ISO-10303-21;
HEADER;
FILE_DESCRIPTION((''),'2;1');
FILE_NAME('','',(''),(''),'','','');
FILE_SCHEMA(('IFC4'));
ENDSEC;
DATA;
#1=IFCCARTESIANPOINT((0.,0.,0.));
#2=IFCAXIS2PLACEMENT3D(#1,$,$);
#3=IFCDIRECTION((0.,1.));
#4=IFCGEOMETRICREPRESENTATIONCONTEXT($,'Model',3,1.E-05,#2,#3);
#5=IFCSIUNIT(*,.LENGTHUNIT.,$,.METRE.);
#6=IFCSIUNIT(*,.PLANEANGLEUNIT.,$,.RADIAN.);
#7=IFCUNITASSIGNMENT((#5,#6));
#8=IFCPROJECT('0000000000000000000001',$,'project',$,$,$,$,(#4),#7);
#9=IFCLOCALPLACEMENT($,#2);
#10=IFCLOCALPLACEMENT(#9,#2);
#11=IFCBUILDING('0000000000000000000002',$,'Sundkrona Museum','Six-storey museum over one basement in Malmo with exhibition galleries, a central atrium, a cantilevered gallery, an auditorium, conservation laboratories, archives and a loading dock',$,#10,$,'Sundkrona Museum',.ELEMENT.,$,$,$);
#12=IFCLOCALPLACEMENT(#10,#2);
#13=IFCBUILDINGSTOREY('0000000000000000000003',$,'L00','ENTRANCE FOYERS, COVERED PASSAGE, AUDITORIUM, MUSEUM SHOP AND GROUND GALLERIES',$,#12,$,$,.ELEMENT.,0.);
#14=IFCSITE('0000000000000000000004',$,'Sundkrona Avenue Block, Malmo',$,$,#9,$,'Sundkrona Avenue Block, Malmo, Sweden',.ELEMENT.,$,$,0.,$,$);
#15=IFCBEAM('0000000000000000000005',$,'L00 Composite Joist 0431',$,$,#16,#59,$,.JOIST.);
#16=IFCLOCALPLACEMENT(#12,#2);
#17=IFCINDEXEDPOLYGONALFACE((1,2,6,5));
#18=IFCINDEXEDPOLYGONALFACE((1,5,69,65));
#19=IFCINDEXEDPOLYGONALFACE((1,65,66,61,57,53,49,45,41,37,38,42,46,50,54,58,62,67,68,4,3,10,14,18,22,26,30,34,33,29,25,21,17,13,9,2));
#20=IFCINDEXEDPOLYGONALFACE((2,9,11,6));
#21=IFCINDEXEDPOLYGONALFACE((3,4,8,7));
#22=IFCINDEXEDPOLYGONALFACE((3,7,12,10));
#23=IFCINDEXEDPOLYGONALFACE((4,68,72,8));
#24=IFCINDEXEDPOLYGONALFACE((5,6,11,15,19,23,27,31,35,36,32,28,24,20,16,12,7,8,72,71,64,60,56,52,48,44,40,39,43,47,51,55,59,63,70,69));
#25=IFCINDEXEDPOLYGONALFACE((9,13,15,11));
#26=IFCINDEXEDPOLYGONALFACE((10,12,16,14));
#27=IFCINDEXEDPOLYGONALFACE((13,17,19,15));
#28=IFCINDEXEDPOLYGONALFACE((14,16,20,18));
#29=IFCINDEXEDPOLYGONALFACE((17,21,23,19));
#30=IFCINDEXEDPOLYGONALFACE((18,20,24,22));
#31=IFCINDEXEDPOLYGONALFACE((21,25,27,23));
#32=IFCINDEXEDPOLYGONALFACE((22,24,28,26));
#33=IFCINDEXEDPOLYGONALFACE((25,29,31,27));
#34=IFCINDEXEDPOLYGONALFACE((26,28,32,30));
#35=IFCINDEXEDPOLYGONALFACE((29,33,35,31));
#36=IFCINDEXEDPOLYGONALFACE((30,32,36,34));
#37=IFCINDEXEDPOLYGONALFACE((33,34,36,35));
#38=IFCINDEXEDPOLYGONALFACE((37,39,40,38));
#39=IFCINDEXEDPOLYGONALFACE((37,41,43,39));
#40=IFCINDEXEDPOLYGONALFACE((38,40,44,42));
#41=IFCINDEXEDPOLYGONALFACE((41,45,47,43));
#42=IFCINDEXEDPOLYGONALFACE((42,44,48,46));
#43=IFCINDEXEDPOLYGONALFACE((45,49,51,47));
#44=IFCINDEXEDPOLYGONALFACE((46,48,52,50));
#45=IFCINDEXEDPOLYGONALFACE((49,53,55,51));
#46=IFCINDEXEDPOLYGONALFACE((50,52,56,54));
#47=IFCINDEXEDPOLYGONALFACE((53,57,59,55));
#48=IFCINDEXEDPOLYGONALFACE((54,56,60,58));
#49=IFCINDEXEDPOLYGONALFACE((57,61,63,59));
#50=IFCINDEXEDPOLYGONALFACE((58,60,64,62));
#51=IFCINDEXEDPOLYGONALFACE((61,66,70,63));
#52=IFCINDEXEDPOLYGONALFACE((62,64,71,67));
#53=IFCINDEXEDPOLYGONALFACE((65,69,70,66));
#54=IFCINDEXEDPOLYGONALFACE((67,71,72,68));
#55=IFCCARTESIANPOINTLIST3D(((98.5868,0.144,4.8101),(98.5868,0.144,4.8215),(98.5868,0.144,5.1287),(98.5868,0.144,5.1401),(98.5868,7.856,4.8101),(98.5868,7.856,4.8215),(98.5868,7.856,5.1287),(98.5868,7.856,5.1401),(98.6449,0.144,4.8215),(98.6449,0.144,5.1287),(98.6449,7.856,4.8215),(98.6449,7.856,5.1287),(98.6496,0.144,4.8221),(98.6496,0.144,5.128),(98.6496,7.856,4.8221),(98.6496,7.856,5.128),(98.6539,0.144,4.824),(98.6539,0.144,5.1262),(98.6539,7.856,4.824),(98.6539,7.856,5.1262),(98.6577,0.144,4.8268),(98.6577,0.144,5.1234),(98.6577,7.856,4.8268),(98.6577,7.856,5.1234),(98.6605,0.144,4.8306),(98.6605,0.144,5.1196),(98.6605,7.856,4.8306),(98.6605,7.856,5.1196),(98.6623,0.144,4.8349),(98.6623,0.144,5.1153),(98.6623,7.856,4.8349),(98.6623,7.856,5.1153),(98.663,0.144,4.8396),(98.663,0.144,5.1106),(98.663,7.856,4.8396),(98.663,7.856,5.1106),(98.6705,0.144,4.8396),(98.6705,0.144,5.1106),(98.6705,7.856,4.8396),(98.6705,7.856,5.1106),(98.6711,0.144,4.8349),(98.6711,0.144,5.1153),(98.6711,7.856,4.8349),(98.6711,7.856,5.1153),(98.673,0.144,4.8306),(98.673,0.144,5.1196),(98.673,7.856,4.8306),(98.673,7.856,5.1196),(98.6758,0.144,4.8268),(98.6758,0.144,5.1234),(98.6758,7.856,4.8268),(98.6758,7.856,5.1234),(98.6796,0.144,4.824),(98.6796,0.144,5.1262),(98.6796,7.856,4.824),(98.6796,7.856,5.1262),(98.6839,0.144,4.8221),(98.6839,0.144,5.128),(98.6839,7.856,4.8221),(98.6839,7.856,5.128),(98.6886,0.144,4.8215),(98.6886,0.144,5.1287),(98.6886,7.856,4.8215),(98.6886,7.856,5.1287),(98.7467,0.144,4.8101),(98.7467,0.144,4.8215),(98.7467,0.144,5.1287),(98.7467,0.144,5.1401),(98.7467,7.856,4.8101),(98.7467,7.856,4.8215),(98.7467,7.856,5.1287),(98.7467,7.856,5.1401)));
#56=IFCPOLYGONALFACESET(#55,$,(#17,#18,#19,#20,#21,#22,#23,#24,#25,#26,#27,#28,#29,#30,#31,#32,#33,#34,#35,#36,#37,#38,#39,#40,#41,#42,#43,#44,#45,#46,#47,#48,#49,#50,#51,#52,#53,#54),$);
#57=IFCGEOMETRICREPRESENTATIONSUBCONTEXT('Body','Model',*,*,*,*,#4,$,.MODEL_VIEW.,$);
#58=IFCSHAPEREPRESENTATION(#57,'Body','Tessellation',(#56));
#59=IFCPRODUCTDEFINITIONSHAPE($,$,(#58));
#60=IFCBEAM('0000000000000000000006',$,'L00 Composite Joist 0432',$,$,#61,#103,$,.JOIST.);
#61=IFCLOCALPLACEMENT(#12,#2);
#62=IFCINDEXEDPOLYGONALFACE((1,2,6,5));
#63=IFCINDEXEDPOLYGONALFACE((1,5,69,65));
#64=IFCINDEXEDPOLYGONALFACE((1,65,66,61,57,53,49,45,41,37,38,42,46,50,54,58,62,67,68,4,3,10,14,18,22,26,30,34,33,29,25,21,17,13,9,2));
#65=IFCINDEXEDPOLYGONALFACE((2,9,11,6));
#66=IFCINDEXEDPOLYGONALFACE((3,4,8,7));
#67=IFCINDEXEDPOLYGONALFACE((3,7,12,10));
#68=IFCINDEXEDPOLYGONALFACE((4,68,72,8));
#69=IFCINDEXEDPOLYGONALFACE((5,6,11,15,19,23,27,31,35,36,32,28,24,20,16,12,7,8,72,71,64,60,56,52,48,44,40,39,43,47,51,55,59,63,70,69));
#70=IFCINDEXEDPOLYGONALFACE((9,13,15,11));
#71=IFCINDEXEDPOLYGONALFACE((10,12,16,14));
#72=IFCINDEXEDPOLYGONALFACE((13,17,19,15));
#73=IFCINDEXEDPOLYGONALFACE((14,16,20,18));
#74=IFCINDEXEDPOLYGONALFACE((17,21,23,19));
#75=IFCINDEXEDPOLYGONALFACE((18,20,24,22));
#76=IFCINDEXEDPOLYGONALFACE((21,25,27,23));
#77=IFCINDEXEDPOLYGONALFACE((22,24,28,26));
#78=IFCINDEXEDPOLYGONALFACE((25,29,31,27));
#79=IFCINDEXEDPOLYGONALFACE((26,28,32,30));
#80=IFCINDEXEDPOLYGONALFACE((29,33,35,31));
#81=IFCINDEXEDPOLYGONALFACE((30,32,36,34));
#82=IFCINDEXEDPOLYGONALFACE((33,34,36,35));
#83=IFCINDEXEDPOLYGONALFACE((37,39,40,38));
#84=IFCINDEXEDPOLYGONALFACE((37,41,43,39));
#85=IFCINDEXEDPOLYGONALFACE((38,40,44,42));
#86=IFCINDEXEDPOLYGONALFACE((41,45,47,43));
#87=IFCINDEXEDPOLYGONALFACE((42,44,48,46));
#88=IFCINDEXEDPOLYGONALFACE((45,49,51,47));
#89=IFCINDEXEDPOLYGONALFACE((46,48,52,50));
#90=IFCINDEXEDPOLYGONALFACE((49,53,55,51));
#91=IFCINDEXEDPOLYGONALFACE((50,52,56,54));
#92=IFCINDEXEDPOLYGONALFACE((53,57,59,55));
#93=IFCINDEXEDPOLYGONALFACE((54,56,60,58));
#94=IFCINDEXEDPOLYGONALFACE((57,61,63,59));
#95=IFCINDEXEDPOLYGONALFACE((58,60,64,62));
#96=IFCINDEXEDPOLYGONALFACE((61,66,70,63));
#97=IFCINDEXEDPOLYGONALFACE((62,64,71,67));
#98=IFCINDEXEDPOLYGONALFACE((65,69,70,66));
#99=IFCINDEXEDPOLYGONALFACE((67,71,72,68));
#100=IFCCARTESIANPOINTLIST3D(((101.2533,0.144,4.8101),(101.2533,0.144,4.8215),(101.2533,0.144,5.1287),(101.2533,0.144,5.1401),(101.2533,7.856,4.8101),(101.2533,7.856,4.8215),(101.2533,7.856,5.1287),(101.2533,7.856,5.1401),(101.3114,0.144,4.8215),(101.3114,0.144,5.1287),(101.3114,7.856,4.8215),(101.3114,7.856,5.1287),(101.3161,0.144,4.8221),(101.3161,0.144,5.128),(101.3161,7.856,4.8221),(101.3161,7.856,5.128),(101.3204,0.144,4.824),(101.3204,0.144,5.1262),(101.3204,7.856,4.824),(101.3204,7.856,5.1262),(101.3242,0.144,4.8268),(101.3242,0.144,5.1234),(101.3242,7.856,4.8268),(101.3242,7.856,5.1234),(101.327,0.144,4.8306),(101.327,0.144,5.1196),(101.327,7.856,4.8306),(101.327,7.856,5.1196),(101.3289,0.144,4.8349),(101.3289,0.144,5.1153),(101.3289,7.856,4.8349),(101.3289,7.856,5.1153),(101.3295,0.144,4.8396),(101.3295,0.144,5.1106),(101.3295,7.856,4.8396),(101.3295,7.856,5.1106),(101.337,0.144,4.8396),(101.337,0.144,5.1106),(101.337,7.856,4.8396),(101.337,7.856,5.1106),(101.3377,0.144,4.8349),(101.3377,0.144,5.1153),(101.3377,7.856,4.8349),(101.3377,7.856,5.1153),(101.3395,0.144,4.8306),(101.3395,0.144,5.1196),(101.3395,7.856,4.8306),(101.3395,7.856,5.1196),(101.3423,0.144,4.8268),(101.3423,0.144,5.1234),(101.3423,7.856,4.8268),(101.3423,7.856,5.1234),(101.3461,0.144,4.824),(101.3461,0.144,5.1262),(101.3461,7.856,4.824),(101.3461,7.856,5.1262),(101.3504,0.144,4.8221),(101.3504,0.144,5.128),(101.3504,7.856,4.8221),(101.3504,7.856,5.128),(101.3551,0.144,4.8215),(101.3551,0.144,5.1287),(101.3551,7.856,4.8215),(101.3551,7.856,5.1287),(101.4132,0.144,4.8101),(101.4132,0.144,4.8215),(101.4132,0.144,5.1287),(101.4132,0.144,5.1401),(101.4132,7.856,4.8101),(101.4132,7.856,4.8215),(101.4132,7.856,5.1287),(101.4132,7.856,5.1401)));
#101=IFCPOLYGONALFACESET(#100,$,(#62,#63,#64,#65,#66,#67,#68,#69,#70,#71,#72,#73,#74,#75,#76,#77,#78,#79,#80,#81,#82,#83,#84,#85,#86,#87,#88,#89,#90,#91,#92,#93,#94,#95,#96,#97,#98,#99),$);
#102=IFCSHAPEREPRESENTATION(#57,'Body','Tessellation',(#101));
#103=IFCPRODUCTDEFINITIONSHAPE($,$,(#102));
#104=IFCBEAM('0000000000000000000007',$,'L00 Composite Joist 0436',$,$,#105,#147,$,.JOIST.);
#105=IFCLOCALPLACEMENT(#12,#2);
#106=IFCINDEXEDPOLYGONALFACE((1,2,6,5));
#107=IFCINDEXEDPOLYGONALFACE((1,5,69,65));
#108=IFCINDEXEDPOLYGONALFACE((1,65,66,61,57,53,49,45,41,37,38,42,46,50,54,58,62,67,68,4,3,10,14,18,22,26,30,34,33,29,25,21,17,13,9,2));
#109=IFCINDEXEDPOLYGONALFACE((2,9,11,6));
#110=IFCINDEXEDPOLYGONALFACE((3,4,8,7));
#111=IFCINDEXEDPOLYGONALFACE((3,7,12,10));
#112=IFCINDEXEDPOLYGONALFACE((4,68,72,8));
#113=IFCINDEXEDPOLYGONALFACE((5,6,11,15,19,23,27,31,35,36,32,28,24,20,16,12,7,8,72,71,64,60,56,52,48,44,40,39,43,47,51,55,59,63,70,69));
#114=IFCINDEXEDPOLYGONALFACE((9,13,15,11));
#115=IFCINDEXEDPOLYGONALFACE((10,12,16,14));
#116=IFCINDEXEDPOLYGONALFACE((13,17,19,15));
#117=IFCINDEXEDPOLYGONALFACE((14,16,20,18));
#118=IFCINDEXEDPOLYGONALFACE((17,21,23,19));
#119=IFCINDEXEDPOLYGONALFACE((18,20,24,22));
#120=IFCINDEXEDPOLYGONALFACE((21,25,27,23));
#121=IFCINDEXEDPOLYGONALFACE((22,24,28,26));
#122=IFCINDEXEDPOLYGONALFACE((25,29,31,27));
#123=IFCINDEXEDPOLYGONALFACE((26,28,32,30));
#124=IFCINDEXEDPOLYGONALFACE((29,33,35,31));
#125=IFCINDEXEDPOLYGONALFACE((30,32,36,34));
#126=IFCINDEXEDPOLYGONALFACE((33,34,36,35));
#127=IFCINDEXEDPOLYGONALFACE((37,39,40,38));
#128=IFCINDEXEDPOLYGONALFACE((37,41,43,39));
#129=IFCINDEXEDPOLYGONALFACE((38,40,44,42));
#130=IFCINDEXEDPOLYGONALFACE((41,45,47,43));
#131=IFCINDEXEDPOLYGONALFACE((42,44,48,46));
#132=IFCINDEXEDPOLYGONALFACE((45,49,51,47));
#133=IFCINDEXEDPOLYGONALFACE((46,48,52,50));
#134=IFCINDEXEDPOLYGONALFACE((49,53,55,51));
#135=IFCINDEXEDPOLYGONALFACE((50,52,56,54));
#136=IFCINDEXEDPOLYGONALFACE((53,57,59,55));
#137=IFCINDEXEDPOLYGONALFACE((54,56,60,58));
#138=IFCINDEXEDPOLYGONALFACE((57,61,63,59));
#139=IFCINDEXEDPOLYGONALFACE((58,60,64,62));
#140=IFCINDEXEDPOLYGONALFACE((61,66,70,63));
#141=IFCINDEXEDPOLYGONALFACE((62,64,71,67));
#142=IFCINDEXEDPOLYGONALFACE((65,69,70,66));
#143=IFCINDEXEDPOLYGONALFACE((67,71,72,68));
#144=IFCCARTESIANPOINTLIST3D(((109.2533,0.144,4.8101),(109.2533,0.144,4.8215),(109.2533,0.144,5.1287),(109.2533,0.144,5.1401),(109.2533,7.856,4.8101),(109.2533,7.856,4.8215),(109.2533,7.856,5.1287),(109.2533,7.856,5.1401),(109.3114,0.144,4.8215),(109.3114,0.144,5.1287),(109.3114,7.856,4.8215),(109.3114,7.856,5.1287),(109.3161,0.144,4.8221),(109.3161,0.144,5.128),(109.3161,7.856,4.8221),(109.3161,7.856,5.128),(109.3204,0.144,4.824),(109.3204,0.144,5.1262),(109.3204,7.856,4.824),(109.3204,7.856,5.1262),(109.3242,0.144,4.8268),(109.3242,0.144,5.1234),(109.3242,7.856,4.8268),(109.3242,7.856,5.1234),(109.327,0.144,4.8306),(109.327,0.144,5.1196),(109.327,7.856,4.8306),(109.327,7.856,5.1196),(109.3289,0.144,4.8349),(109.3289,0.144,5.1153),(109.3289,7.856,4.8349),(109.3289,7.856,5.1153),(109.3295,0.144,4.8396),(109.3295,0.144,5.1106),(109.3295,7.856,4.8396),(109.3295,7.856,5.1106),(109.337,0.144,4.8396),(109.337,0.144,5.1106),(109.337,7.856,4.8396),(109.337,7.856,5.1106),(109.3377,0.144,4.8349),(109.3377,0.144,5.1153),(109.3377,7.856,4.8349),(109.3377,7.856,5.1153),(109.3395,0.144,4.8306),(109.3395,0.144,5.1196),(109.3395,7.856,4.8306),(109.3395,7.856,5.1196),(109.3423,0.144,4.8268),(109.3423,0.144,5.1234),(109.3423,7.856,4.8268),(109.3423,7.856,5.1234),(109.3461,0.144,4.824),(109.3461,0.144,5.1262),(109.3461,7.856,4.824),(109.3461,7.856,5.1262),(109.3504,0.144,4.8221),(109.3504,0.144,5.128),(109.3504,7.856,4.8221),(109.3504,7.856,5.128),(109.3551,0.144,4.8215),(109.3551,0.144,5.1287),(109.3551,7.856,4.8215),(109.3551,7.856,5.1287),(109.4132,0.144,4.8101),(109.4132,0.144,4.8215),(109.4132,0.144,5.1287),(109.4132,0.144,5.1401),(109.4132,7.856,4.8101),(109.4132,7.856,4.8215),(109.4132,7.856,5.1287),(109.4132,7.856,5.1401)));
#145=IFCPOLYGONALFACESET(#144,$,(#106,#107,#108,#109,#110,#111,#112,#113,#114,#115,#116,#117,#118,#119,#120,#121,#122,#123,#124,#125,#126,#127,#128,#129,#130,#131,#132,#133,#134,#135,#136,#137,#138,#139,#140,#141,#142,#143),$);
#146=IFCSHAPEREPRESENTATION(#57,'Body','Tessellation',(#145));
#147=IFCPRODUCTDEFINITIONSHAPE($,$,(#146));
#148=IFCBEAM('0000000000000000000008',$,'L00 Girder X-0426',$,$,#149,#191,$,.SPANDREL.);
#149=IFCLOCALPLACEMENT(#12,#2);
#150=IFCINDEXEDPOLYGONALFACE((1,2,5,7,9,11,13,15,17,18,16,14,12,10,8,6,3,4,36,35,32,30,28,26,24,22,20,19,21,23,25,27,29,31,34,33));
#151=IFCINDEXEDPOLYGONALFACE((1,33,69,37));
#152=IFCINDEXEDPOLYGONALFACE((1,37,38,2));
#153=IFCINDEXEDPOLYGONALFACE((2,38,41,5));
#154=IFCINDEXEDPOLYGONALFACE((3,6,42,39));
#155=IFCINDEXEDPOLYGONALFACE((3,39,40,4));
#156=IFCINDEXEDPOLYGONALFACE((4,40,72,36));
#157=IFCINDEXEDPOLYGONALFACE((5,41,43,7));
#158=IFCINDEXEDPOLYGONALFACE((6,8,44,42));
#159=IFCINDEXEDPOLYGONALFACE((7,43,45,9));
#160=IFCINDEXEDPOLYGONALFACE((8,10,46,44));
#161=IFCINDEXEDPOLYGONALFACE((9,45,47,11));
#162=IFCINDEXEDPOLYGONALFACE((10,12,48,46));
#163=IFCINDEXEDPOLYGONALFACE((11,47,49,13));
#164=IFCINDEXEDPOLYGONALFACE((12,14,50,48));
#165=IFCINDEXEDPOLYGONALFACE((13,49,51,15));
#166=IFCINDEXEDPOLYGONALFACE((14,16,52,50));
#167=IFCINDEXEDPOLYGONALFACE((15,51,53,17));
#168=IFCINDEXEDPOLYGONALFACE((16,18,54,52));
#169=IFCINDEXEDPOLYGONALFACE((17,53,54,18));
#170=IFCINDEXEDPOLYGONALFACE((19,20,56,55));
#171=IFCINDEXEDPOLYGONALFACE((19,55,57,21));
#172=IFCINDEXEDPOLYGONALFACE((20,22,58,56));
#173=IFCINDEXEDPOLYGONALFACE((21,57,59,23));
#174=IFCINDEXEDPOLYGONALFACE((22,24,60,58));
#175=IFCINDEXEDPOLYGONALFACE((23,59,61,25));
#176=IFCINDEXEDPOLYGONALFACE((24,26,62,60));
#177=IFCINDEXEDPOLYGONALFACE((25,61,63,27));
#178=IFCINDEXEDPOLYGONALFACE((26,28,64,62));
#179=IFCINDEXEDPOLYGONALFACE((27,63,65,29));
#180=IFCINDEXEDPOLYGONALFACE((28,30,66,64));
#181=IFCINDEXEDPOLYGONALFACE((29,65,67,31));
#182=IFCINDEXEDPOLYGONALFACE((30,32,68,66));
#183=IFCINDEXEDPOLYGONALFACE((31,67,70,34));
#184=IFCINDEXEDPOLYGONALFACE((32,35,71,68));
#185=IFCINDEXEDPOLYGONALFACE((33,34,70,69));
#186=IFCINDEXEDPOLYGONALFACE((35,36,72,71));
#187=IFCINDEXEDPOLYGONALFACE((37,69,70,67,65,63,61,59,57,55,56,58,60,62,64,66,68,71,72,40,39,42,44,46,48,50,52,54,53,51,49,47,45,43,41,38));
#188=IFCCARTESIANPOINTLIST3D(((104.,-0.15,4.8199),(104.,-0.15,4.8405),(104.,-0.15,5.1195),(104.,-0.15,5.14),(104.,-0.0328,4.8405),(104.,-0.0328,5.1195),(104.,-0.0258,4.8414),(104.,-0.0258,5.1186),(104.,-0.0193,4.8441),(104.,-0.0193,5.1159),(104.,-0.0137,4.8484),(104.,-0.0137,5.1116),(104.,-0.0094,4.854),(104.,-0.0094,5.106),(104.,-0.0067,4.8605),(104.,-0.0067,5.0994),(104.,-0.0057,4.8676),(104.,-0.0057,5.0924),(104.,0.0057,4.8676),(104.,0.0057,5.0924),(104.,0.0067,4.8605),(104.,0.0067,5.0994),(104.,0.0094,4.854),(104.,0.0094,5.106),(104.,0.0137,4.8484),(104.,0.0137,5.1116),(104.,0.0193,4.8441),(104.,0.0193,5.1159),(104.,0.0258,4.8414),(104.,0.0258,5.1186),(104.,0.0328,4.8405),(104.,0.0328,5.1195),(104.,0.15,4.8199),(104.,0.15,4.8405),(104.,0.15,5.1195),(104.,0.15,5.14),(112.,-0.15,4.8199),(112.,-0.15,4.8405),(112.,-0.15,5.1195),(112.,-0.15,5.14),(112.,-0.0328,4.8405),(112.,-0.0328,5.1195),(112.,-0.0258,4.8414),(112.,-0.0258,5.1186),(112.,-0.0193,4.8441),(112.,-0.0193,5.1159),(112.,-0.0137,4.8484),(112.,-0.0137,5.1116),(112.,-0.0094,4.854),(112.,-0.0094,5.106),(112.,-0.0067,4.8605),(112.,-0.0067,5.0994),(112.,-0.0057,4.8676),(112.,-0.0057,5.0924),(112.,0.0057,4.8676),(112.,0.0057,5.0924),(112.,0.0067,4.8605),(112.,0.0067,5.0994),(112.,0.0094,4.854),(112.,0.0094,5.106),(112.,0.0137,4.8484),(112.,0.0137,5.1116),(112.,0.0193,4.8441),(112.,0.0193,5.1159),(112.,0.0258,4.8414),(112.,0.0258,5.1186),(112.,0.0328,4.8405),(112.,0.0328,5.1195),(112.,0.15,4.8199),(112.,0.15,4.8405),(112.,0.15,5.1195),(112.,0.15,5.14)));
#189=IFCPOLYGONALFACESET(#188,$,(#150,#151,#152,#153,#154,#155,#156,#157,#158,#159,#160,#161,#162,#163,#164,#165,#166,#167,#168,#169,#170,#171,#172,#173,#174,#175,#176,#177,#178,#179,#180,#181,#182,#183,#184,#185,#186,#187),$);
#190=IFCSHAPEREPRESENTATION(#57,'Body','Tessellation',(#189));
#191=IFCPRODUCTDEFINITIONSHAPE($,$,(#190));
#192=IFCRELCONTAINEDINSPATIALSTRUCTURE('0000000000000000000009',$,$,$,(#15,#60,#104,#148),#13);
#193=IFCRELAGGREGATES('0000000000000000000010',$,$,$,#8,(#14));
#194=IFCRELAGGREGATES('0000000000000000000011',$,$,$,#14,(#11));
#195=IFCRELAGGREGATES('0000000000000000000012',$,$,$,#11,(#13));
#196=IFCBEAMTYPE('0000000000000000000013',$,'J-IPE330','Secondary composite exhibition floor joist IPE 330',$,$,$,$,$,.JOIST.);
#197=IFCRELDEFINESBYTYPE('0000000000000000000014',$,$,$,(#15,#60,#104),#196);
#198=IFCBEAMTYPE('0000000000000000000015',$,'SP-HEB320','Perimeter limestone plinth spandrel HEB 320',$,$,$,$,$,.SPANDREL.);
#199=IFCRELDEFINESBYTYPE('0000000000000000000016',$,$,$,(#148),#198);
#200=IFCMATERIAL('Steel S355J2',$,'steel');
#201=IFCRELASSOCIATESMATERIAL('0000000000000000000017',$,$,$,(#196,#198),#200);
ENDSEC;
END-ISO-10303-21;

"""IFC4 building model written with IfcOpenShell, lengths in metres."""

from ifc_helpers import new_model, si_unit, direction, frame, origin, origin_2d, place, context, subcontext, project, spatial, i_section, extrude, material, material_profile, profile_set, type_object, element, save


model = new_model("IFC4")

# Units and contexts
model_context = context("Model", 3, precision=1e-05, world=origin(), true_north=direction((0.0, 1.0)))
body_context = subcontext(model_context, "Body", "Model", "MODEL_VIEW")
ifc_project = project(units=[si_unit("LENGTHUNIT", "METRE"), si_unit("PLANEANGLEUNIT", "RADIAN")], contexts=[model_context])

# Site, building, storey
site_placement = place(None, origin())
site = spatial("IfcSite", under=ifc_project, at=site_placement, Name="Sundkrona Avenue Block, Malmo", LongName="Sundkrona Avenue Block, Malmo, Sweden", CompositionType="ELEMENT", RefElevation=0.0)
building_placement = place(site_placement, origin())
building = spatial("IfcBuilding", under=site, at=building_placement, Name="Sundkrona Museum", Description="Six-storey museum over one basement in Malmo with exhibition galleries, a central atrium, a cantilevered gallery, an auditorium, conservation laboratories, archives and a loading dock", LongName="Sundkrona Museum", CompositionType="ELEMENT")
storey_placement = place(building_placement, origin())
storey = spatial("IfcBuildingStorey", under=building, at=storey_placement, Name="L00", Description="ENTRANCE FOYERS, COVERED PASSAGE, AUDITORIUM, MUSEUM SHOP AND GROUND GALLERIES", CompositionType="ELEMENT", Elevation=0.0)

# Shared definitions
ifc_material_1 = material(Name="Steel S355J2", Category="steel")

# Beams
ifc_material_profile_1 = material_profile(ifc_material_1, i_section(OverallWidth=0.1599, OverallDepth=0.3301, WebThickness=0.0076, FlangeThickness=0.0115, FilletRadius=0.0181, at=origin_2d()), Name="IPE 330")
ifc_profile_set_1 = profile_set([ifc_material_profile_1], Name="Steel S355J2")
beam_type_1 = type_object("IfcBeamType", Name="J-IPE330", Description="Secondary composite exhibition floor joist IPE 330", PredefinedType="JOIST", material=ifc_profile_set_1)
for number, where, z_axis, x_axis, name in (
    (1, (98.6667, 0.144, 4.9751), (0.0, 1.0, 0.0), (-1.0, 0.0, 0.0), "L00 Composite Joist 0431"),
    (2, (101.3333, 0.144, 4.9751), (0.0, 1.0, 0.0), (-1.0, 0.0, 0.0), "L00 Composite Joist 0432"),
    (3, (109.3333, 0.144, 4.9751), (0.0, 1.0, 0.0), (-1.0, 0.0, 0.0), "L00 Composite Joist 0436"),
):
    element("IfcBeam", number, at=place(storey_placement, frame(where, z_axis=z_axis, x_axis=x_axis)), inside=storey, type_object=beam_type_1, Name=name, PredefinedType="JOIST", context=body_context, shape_type="SweptSolid", body=[
        extrude(i_section(OverallWidth=0.1599, OverallDepth=0.3301, WebThickness=0.0076, FlangeThickness=0.0115, FilletRadius=0.0181, at=origin_2d()), origin(), (0.0, 0.0, 1.0), 7.7119),
    ])
ifc_material_profile_2 = material_profile(ifc_material_1, i_section(OverallWidth=0.3, OverallDepth=0.3201, WebThickness=0.0115, FlangeThickness=0.0205, FilletRadius=0.0271, at=origin_2d()), Name="HEB 320")
ifc_profile_set_2 = profile_set([ifc_material_profile_2], Name="Steel S355J2")
beam_type_2 = type_object("IfcBeamType", Name="SP-HEB320", Description="Perimeter limestone plinth spandrel HEB 320", PredefinedType="SPANDREL", material=ifc_profile_set_2)
for number, where, z_axis, x_axis, name in (
    (4, (104.0, 0.0, 4.98), (1.0, 0.0, 0.0), (0.0, 1.0, 0.0), "L00 Girder X-0426"),
):
    element("IfcBeam", number, at=place(storey_placement, frame(where, z_axis=z_axis, x_axis=x_axis)), inside=storey, type_object=beam_type_2, Name=name, PredefinedType="SPANDREL", context=body_context, shape_type="SweptSolid", body=[
        extrude(i_section(OverallWidth=0.3, OverallDepth=0.3201, WebThickness=0.0115, FlangeThickness=0.0205, FilletRadius=0.0271, at=origin_2d()), origin(), (0.0, 0.0, 1.0), 8.0),
    ])

save(model, "model.ifc")
